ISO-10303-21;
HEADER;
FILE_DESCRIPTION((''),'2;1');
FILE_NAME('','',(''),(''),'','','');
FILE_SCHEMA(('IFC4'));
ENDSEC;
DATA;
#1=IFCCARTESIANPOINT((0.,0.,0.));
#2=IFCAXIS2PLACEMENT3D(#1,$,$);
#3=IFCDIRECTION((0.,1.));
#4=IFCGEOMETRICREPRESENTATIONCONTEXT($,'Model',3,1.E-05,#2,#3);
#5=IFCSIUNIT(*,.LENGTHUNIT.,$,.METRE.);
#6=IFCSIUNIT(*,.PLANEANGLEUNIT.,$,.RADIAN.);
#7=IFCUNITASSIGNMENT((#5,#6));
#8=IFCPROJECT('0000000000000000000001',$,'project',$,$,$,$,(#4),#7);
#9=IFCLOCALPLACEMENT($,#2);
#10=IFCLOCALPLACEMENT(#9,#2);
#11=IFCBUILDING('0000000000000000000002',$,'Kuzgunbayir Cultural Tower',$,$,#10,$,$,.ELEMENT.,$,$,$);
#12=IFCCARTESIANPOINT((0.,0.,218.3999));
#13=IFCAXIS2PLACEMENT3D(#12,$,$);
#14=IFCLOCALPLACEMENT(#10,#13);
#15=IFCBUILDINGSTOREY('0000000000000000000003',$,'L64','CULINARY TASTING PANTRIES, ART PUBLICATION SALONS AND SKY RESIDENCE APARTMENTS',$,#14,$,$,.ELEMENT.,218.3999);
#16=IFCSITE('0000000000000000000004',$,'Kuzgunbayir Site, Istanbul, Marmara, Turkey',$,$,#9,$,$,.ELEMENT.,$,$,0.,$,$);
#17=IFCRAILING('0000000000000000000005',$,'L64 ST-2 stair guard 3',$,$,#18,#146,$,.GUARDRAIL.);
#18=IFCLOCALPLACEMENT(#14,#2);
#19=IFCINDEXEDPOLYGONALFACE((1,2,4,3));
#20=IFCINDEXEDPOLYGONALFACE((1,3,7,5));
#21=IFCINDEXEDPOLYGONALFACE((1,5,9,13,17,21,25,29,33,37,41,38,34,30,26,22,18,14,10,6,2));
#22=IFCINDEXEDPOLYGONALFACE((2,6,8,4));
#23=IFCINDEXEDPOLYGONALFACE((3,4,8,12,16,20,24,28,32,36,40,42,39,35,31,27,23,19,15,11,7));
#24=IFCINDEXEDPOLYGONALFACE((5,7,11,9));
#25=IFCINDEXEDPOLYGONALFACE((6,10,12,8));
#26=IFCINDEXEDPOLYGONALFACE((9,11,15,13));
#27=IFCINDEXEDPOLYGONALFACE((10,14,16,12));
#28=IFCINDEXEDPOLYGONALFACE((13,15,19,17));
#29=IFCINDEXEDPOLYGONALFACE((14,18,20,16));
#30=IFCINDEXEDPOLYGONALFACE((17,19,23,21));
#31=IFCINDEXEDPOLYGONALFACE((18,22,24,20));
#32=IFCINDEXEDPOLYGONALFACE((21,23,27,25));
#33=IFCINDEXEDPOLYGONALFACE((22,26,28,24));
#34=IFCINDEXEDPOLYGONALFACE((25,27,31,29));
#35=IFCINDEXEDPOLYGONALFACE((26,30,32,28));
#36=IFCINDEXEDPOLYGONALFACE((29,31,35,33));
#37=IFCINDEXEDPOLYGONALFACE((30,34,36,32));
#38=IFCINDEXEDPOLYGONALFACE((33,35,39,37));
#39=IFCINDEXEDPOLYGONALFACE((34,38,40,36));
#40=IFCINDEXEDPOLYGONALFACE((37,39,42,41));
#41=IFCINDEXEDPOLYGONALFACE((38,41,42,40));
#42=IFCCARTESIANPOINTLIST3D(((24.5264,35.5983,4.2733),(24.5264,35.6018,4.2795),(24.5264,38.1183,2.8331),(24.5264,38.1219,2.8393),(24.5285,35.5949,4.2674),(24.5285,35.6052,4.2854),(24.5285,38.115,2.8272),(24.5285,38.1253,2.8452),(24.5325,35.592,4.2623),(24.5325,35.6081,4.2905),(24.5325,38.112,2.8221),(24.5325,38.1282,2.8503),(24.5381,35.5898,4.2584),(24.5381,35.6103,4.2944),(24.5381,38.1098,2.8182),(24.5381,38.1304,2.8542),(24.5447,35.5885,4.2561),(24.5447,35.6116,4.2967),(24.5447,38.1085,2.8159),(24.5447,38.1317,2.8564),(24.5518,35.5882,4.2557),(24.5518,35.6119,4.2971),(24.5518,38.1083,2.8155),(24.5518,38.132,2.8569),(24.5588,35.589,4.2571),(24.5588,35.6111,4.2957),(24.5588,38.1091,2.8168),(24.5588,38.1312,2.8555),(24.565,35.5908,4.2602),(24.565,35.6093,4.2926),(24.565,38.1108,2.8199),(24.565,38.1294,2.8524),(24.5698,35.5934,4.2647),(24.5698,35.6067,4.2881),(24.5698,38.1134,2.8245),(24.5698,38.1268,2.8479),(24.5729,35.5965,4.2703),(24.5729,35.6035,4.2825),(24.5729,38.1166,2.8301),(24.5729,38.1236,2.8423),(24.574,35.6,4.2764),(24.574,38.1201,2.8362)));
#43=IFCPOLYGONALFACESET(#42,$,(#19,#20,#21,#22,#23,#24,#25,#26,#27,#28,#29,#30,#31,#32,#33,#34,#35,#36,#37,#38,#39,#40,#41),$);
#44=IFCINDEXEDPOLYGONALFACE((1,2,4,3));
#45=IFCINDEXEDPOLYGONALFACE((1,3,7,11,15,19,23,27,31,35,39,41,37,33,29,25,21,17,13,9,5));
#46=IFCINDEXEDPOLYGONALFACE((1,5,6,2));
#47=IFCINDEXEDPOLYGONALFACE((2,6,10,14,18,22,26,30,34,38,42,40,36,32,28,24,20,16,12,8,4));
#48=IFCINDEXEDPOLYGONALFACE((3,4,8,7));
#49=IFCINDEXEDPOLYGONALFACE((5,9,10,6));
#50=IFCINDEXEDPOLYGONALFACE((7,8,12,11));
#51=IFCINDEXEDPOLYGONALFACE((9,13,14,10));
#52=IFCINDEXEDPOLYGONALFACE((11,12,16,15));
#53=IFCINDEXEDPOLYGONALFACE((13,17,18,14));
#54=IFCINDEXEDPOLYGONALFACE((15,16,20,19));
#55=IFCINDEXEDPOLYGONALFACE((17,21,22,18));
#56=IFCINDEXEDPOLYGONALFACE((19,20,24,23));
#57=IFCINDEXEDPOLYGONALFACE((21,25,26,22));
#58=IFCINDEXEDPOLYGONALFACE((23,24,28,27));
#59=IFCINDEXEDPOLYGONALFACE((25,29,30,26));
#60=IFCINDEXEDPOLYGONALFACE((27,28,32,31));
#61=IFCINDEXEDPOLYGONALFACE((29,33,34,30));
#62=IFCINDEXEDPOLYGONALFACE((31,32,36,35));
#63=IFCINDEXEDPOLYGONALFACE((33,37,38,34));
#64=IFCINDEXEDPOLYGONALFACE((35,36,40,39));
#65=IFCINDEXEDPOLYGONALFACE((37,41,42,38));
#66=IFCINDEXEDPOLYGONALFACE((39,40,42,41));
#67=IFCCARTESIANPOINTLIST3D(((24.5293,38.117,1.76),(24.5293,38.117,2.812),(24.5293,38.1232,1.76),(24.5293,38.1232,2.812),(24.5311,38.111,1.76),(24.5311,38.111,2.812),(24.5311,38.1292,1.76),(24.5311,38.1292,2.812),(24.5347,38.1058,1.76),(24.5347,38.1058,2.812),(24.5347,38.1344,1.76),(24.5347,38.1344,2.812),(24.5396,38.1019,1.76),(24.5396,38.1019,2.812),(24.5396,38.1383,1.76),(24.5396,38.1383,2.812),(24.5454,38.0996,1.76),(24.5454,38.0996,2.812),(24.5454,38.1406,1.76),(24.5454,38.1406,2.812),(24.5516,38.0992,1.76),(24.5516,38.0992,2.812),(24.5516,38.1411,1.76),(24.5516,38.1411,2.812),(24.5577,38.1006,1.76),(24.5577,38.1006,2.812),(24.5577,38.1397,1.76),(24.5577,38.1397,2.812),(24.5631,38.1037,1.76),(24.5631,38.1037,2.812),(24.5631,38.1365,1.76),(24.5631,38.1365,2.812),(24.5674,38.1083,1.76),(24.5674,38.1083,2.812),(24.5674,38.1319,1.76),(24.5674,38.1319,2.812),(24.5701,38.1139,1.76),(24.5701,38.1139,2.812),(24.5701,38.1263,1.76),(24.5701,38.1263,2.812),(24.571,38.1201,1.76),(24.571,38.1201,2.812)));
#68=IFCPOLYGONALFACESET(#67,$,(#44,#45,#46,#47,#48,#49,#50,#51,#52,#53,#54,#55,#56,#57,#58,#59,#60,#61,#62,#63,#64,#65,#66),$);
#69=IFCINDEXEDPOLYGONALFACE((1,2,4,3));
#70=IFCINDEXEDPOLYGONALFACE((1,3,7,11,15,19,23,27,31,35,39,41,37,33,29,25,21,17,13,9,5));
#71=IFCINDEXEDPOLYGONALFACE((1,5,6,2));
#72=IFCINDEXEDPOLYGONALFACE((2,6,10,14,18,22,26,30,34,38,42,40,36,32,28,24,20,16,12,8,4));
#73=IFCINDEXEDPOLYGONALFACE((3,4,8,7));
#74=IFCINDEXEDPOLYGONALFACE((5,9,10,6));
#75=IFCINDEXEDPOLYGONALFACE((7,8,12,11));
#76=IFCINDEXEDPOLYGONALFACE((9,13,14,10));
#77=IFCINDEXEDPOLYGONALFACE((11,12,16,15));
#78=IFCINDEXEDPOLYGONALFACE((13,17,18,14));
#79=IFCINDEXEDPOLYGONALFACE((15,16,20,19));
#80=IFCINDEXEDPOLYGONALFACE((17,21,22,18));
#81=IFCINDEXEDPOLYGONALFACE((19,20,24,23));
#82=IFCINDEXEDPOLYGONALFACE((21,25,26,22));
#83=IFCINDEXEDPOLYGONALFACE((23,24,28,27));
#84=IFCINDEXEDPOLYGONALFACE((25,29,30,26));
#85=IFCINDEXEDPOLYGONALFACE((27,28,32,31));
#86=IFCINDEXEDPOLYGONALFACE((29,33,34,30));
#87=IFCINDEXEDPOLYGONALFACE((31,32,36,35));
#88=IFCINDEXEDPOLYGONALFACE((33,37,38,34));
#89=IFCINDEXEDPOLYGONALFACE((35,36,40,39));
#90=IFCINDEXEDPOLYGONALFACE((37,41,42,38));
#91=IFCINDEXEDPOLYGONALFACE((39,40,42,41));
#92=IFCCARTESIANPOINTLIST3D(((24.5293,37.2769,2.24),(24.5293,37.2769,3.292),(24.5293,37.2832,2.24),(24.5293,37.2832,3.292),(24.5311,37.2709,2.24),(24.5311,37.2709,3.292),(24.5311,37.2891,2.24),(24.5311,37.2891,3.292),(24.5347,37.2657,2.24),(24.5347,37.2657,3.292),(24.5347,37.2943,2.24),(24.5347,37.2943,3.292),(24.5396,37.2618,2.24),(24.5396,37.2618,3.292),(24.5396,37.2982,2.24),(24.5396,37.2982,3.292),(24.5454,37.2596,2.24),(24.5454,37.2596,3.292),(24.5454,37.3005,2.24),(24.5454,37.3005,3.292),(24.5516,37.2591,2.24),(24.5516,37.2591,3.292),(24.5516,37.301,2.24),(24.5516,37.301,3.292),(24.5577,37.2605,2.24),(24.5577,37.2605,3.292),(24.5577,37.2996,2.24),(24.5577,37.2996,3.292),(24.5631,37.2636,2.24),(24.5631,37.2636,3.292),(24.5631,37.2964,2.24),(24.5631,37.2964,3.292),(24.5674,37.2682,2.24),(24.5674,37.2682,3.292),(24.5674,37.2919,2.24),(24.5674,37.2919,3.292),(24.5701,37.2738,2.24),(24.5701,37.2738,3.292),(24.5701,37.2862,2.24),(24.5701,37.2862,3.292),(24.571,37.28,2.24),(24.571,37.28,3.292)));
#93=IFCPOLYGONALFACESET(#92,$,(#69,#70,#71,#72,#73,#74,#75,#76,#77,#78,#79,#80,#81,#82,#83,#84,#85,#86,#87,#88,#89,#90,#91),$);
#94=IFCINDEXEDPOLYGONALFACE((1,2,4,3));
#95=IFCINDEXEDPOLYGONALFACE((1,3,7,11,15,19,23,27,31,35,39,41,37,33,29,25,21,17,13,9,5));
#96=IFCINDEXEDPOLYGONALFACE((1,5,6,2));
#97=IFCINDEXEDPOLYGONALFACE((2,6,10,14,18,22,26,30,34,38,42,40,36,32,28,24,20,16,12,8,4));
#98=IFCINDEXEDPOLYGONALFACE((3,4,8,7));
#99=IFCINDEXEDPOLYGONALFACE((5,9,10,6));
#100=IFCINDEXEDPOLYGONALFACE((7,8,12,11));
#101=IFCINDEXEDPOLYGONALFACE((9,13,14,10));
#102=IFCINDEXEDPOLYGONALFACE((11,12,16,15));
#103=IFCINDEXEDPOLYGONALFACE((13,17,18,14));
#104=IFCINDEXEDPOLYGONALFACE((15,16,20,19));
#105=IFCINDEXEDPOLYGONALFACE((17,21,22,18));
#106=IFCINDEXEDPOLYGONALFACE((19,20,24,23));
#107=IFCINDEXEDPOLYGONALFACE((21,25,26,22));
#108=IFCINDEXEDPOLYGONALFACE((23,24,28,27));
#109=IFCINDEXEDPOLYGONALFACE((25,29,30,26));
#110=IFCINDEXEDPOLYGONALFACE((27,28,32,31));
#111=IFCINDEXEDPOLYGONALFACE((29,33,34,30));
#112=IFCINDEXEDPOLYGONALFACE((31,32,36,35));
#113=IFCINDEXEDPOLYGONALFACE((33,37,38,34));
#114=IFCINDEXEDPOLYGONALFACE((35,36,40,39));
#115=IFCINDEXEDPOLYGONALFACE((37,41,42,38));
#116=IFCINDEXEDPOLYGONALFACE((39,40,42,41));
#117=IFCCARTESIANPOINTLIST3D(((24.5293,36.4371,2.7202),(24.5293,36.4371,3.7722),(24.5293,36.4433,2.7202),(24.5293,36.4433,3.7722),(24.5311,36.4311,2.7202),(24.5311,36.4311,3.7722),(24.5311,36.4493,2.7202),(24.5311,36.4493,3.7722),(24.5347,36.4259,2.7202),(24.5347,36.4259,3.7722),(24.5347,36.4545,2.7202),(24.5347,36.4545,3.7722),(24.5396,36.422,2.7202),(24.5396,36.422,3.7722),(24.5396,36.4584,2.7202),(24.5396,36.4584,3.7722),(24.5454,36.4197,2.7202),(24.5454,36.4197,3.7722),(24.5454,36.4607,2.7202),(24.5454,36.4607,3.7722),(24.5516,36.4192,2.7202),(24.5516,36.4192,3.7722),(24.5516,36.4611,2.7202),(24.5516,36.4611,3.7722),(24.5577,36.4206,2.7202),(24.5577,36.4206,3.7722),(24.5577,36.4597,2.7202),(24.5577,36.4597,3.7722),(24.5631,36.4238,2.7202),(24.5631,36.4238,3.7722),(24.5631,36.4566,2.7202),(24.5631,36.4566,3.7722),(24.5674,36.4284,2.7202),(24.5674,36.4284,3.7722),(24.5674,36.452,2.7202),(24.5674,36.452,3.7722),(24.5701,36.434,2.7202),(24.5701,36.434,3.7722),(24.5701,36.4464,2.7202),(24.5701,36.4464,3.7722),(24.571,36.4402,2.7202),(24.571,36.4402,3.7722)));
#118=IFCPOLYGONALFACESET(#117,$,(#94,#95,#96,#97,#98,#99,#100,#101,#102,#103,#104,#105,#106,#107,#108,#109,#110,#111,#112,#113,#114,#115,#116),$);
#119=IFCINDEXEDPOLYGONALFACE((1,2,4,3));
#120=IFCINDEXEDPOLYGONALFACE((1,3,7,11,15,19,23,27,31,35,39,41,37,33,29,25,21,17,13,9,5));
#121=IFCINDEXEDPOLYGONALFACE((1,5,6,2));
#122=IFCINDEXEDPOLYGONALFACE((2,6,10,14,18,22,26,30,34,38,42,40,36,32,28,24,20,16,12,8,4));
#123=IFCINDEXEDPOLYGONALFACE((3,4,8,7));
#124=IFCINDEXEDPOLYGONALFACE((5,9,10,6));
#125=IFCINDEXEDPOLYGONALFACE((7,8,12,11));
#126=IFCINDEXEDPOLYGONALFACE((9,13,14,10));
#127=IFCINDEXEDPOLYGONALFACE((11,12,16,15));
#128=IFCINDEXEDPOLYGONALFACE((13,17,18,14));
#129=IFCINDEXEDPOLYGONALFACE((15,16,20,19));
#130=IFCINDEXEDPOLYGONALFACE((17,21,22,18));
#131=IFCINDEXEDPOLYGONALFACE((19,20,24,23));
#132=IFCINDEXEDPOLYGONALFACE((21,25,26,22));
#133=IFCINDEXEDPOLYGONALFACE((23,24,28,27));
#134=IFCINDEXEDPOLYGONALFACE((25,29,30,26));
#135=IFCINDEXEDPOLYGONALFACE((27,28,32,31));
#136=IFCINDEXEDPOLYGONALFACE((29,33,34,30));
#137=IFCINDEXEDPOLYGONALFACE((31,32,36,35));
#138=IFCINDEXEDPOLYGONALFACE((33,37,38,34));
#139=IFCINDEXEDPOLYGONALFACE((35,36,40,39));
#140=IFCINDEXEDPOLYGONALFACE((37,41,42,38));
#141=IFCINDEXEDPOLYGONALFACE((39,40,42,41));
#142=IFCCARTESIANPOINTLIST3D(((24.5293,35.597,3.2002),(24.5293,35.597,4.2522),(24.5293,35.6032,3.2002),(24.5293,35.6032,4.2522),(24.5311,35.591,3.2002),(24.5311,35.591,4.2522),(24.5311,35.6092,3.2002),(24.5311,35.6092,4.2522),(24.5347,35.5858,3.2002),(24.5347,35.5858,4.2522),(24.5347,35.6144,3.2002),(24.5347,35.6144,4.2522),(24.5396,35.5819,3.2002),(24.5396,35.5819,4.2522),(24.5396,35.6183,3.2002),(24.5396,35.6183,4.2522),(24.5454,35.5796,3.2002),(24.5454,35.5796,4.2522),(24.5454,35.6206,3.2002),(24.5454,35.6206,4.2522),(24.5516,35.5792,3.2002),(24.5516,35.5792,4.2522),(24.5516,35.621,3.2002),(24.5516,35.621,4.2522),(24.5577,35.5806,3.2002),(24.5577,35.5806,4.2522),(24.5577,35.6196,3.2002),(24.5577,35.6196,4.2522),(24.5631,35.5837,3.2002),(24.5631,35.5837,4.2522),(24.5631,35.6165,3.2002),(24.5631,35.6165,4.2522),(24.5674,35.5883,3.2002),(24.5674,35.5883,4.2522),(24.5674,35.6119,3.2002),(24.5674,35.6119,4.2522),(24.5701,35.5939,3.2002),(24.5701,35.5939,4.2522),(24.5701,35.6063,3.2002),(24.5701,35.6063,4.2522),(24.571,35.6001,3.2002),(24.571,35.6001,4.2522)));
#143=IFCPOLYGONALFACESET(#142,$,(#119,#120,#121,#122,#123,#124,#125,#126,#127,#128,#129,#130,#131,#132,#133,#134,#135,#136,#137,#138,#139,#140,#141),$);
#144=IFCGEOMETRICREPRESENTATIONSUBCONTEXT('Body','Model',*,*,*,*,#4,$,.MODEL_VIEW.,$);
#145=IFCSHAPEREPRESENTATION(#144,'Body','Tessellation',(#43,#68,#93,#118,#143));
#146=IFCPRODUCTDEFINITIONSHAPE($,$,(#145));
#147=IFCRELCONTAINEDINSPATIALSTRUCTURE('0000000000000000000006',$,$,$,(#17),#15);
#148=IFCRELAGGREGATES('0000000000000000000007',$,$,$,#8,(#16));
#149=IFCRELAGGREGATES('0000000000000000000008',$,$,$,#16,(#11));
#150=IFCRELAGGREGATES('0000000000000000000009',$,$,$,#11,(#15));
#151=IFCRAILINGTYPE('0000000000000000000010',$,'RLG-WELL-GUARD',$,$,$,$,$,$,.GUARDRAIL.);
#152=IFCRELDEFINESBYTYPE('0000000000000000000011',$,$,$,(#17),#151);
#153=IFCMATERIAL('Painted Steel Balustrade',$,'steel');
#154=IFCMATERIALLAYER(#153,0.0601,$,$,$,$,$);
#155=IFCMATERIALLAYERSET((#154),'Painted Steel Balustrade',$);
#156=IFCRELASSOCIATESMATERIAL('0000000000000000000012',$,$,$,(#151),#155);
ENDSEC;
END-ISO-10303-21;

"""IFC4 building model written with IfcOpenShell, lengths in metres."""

from ifc_helpers import new_model, si_unit, direction, frame, origin, origin_2d, place, context, subcontext, project, spatial, circle, extrude, material, layer, layer_set, type_object, element, save


model = new_model("IFC4")

# Units and contexts
model_context = context("Model", 3, precision=1e-05, world=origin(), true_north=direction((0.0, 1.0)))
body_context = subcontext(model_context, "Body", "Model", "MODEL_VIEW")
ifc_project = project(units=[si_unit("LENGTHUNIT", "METRE"), si_unit("PLANEANGLEUNIT", "RADIAN")], contexts=[model_context])

# Site, building, storey
site_placement = place(None, origin())
site = spatial("IfcSite", under=ifc_project, at=site_placement, Name="Kuzgunbayir Site, Istanbul, Marmara, Turkey", CompositionType="ELEMENT", RefElevation=0.0)
building_placement = place(site_placement, origin())
building = spatial("IfcBuilding", under=site, at=building_placement, Name="Kuzgunbayir Cultural Tower", CompositionType="ELEMENT")
storey_placement = place(building_placement, frame((0.0, 0.0, 218.3999)))
storey = spatial("IfcBuildingStorey", under=building, at=storey_placement, Name="L64", Description="CULINARY TASTING PANTRIES, ART PUBLICATION SALONS AND SKY RESIDENCE APARTMENTS", CompositionType="ELEMENT", Elevation=218.3999)

# Railing
ifc_material_1 = material(Name="Painted Steel Balustrade", Category="steel")
ifc_layer_1 = layer(ifc_material_1, 0.0601)
ifc_layer_set_1 = layer_set([ifc_layer_1], Name="Painted Steel Balustrade")
railing_type_1 = type_object("IfcRailingType", Name="RLG-WELL-GUARD", PredefinedType="GUARDRAIL", material=ifc_layer_set_1)
railing_1_placement = place(storey_placement, frame((24.55, 38.1201, 1.76)))
element("IfcRailing", 1, at=railing_1_placement, inside=storey, type_object=railing_type_1, Name="L64 ST-2 stair guard 3", PredefinedType="GUARDRAIL", context=body_context, shape_type="SweptSolid", body=[
    extrude(circle(Radius=0.0239, at=origin_2d()), frame((0.0, 0.0, 1.0762), z_axis=(0.0, -0.868217, 0.496184), x_axis=(1.0, 0.0, 0.0)), (0.0, 0.0, 1.0), 2.9026),
    extrude(circle(Radius=0.021, at=origin_2d()), origin(), (0.0, 0.0, 1.0), 1.052),
    extrude(circle(Radius=0.021, at=origin_2d()), frame((0.0, -0.8401, 0.48)), (0.0, 0.0, 1.0), 1.052),
    extrude(circle(Radius=0.021, at=origin_2d()), frame((0.0, -1.6799, 0.9602)), (0.0, 0.0, 1.0), 1.052),
    extrude(circle(Radius=0.021, at=origin_2d()), frame((0.0, -2.52, 1.4402)), (0.0, 0.0, 1.0), 1.052),
])

save(model, "model.ifc")
